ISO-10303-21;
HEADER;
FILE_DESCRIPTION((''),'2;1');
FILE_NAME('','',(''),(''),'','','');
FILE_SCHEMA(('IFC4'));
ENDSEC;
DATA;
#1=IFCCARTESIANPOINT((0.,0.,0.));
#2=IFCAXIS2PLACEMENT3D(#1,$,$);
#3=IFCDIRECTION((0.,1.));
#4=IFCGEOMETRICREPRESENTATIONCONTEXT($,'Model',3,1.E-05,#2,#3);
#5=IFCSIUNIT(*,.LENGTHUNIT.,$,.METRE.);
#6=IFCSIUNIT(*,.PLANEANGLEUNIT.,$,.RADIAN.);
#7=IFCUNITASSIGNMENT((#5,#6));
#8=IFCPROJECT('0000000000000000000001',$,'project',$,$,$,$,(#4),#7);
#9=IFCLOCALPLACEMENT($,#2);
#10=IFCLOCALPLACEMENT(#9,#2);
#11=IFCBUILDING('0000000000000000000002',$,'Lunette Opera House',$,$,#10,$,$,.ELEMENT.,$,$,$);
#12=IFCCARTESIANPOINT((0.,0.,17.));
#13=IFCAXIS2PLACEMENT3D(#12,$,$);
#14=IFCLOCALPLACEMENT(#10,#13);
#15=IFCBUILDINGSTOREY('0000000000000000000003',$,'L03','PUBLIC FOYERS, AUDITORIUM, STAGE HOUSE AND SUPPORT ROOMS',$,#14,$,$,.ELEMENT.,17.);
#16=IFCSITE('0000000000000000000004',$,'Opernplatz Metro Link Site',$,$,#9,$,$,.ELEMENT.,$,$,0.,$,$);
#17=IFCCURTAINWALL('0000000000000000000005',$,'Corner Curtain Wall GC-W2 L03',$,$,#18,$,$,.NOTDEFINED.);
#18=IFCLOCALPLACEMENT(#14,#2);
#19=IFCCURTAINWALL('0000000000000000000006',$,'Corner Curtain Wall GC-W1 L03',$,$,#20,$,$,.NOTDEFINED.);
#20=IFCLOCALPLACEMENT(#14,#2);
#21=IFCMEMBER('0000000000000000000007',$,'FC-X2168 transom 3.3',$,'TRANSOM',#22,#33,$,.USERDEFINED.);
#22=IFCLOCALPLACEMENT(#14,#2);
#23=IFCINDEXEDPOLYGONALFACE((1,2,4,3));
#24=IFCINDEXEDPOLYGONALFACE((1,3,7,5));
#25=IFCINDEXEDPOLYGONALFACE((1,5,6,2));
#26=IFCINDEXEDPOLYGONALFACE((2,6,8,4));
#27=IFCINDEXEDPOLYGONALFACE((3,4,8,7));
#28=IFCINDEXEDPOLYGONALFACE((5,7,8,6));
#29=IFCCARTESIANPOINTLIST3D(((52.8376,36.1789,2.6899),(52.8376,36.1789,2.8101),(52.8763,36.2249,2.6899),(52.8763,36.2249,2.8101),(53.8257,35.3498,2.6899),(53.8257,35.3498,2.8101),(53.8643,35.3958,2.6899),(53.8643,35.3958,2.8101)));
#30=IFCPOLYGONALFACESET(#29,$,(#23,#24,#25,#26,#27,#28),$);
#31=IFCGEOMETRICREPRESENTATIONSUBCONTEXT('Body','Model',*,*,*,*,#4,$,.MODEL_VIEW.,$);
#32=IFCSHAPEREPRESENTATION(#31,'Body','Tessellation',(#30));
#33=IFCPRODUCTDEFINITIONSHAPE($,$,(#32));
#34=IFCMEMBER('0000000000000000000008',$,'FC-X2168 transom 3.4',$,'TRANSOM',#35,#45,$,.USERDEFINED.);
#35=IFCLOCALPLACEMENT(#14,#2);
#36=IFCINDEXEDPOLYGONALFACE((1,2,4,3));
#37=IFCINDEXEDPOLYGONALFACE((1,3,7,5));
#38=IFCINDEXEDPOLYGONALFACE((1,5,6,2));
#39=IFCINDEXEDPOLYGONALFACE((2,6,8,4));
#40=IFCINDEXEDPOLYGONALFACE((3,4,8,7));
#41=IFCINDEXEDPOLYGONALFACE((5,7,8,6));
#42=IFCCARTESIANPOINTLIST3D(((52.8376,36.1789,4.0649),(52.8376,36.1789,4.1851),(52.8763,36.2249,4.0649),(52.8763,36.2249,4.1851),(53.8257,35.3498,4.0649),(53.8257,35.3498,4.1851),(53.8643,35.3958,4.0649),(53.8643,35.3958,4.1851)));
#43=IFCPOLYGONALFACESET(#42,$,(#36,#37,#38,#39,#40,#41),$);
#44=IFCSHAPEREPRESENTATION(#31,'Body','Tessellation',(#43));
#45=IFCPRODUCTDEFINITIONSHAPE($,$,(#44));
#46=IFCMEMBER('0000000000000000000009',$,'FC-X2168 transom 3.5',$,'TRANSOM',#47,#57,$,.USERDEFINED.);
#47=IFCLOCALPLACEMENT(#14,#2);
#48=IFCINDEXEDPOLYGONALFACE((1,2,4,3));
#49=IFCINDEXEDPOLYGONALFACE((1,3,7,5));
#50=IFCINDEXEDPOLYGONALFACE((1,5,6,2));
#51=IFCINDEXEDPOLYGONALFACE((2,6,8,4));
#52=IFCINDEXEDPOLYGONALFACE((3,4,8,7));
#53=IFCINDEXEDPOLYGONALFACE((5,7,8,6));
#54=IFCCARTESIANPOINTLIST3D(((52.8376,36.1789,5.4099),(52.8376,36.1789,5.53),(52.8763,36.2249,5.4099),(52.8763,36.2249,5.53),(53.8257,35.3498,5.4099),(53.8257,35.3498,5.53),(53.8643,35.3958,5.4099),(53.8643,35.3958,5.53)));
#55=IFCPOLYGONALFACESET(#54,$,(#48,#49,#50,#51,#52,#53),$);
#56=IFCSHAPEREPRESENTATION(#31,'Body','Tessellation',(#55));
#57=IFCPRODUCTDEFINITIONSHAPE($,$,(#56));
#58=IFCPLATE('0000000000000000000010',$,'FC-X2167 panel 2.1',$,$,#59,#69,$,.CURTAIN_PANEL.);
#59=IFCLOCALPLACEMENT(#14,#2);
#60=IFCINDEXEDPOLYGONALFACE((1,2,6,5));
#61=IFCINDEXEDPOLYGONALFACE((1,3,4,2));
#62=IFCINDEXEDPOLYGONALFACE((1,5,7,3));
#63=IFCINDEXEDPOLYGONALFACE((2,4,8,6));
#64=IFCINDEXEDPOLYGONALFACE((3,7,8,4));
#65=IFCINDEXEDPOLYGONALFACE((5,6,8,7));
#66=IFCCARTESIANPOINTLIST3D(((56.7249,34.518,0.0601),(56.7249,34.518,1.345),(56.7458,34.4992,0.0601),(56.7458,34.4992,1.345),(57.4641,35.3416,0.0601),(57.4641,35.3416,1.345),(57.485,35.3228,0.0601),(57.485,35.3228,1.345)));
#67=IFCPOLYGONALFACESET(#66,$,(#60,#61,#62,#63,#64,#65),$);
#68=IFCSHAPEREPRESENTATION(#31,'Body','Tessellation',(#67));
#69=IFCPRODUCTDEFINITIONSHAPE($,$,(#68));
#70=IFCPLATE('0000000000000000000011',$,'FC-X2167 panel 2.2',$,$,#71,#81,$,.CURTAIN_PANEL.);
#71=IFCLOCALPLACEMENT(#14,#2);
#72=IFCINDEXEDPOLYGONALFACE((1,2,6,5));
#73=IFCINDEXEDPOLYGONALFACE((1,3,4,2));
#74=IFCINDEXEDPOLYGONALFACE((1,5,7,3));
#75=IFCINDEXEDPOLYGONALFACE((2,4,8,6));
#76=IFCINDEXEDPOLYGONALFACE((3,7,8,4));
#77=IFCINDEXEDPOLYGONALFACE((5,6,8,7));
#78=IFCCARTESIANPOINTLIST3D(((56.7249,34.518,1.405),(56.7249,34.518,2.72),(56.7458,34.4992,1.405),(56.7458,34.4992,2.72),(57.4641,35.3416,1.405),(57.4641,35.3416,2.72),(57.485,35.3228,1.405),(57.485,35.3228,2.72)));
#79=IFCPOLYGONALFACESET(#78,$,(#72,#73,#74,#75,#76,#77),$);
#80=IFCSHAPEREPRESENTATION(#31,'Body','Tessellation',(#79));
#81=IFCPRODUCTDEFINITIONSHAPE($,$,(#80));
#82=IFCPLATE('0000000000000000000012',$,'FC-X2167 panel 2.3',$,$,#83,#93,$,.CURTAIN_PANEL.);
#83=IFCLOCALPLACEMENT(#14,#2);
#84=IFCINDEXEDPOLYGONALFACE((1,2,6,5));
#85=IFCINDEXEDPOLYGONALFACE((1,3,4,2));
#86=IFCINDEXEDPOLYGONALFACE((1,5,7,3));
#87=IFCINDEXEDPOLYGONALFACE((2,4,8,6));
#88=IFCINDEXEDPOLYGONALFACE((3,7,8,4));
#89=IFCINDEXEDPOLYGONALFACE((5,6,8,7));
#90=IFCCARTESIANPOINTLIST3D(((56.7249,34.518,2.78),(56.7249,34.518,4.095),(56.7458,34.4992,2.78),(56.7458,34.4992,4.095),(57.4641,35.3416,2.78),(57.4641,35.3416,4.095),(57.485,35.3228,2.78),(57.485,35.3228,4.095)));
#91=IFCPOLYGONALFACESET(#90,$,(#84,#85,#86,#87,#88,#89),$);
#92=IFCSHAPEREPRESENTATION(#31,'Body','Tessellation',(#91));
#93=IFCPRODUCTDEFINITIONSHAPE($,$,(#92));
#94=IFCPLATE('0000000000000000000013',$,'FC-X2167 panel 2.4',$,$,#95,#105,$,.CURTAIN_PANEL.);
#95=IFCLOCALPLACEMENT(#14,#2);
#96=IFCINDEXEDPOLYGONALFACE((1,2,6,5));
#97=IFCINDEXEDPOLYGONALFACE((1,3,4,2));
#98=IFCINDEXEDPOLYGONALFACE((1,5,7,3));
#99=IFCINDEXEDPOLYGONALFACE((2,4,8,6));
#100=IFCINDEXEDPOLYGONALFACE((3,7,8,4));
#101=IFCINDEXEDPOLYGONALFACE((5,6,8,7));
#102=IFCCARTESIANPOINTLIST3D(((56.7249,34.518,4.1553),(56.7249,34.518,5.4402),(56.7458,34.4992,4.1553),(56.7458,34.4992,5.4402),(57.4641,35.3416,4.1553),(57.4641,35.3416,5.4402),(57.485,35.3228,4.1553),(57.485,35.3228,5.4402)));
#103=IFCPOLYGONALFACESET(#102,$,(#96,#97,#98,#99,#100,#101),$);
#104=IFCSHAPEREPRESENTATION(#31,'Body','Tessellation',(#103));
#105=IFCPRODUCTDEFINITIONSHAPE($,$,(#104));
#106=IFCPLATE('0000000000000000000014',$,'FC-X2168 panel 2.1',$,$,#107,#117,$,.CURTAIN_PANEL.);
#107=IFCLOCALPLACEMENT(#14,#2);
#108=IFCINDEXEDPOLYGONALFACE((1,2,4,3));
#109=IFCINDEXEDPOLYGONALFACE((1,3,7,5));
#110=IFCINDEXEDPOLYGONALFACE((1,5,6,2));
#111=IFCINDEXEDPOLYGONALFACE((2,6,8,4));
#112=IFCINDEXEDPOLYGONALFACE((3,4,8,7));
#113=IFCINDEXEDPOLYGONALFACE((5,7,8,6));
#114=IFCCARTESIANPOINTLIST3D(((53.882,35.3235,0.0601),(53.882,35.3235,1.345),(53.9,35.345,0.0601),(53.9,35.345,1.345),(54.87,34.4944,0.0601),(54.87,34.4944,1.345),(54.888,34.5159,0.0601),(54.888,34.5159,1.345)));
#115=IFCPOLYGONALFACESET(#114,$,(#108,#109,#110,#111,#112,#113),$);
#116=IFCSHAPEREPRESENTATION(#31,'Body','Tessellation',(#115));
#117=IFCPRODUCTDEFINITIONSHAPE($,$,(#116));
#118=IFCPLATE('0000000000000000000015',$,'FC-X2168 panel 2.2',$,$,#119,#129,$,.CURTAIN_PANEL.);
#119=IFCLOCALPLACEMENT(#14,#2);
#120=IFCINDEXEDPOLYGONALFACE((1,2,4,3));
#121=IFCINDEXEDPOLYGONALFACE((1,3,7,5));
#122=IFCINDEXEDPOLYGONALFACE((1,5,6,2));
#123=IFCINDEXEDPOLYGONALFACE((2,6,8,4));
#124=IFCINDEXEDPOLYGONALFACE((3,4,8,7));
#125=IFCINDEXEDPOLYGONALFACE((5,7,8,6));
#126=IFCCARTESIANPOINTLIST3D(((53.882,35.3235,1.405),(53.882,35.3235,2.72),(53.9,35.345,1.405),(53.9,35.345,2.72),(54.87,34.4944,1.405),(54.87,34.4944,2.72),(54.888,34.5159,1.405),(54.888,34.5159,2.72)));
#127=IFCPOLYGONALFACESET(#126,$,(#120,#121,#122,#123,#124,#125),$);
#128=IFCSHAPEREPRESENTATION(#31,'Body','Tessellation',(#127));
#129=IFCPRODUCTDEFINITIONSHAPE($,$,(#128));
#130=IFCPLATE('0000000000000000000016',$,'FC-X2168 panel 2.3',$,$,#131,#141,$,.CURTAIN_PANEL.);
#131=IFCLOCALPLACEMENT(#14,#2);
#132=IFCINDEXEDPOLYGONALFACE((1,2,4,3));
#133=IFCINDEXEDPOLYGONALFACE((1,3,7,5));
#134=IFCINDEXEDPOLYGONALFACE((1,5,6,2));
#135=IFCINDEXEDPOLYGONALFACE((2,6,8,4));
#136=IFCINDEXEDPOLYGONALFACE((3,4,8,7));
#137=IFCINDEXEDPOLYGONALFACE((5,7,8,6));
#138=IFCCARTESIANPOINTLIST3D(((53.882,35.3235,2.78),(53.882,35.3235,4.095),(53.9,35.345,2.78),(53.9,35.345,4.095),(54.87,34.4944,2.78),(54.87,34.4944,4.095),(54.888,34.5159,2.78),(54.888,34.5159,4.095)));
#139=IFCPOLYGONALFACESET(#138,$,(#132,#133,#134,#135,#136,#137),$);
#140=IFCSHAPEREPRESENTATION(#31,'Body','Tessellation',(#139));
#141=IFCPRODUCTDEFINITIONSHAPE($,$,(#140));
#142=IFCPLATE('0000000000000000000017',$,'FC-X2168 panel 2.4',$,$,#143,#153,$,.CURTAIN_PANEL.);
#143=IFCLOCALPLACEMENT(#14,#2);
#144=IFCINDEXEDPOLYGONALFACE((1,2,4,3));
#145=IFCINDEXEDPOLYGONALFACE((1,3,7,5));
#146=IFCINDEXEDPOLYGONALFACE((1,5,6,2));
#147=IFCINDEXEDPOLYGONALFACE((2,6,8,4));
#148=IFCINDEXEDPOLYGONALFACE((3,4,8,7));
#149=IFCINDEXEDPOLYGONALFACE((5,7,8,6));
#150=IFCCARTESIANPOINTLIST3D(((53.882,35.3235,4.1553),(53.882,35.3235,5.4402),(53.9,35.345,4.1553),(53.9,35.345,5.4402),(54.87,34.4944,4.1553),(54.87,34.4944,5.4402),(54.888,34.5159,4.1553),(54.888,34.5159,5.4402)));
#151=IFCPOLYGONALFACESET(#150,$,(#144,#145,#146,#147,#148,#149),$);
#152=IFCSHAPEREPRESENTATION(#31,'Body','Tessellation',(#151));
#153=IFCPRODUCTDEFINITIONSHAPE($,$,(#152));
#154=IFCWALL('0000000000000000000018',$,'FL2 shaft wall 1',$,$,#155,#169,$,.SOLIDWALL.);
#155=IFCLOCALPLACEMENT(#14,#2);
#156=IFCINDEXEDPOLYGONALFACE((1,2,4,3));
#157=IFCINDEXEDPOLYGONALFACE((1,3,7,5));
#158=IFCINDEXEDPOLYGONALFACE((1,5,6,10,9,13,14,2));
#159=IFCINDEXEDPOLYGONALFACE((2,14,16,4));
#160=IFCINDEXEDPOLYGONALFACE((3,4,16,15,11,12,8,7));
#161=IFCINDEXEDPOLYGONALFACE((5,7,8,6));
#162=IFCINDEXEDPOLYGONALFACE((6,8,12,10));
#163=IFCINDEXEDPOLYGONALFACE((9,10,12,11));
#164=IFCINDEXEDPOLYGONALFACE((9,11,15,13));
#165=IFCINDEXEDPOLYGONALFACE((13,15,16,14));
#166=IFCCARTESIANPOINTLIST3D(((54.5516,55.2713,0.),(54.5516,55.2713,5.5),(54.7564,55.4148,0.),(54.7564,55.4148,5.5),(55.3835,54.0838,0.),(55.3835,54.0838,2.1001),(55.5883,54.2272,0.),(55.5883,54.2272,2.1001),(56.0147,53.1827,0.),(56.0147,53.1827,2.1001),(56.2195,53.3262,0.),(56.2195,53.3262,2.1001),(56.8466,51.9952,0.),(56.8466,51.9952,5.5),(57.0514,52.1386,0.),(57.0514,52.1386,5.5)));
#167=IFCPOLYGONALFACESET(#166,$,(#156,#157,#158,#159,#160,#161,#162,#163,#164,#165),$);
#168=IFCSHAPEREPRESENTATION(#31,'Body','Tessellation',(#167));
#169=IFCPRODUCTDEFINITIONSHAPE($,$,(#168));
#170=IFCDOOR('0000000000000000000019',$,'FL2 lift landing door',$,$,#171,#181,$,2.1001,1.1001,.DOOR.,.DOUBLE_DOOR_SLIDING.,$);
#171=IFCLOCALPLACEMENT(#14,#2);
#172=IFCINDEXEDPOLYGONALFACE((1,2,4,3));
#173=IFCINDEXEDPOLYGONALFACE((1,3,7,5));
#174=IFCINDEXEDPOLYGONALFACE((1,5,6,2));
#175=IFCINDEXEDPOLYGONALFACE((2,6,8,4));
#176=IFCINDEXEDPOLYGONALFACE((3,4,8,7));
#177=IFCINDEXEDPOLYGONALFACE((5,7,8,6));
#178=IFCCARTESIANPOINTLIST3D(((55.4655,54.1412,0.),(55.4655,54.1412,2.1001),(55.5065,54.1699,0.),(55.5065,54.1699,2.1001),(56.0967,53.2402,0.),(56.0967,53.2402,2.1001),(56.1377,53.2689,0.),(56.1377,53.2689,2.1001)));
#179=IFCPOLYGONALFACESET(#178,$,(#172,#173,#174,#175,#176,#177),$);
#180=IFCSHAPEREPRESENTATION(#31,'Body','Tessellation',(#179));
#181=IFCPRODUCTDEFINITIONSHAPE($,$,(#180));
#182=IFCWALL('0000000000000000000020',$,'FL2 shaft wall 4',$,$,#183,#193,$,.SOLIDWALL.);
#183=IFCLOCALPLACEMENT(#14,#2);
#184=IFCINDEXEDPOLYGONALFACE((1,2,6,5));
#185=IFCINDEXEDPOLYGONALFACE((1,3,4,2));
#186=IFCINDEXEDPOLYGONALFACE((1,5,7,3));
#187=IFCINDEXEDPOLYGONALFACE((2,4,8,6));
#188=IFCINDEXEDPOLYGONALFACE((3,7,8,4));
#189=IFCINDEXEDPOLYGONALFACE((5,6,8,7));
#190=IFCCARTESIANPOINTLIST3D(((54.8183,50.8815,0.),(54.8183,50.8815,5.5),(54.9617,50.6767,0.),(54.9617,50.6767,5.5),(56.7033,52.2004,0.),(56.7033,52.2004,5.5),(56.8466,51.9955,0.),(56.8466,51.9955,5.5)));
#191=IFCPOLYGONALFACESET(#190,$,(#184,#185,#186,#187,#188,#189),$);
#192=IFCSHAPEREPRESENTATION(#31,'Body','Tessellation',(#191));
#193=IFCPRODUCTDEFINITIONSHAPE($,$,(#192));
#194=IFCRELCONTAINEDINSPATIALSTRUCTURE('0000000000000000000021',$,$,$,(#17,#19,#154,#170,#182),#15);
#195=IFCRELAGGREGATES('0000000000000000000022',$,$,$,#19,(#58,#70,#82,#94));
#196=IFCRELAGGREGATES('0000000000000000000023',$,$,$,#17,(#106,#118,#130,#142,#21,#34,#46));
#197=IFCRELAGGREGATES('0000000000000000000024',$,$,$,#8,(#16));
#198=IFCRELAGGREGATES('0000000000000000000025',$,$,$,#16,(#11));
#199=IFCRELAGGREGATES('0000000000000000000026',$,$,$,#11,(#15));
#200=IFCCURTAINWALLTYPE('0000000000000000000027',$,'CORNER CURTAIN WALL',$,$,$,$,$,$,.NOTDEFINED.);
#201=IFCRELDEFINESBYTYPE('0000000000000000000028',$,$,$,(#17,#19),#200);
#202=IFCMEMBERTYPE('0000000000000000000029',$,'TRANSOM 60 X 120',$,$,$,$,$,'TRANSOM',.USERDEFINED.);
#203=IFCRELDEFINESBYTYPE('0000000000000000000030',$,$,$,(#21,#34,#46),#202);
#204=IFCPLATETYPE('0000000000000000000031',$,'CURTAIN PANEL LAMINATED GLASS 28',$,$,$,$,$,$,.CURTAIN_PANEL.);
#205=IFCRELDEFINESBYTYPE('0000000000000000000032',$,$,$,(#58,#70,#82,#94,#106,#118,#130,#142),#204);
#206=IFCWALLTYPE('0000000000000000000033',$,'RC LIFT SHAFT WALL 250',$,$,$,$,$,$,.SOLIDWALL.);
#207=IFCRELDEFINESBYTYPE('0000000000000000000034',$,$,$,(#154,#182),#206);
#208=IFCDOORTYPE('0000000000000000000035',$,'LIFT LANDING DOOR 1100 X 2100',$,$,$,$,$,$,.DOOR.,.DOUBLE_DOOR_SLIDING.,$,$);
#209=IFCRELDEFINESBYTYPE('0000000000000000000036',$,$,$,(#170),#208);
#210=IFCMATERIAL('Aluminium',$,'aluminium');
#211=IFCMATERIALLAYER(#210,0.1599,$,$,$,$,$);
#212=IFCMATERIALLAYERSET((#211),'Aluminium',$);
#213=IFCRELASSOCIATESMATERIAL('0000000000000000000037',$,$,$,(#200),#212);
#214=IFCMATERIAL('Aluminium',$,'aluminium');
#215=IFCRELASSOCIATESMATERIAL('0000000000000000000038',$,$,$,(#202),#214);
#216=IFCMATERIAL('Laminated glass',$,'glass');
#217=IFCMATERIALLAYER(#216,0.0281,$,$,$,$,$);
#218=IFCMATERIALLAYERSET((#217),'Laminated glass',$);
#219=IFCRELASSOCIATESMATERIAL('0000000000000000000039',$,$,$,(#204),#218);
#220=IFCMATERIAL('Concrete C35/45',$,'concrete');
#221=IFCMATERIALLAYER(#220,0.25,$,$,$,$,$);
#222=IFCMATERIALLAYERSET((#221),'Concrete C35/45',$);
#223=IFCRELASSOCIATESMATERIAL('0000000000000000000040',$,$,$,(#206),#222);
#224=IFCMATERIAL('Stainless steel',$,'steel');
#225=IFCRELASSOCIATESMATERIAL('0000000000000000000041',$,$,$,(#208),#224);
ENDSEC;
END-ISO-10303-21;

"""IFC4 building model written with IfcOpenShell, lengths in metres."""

from ifc_helpers import new_model, si_unit, direction, frame, frame_2d, origin, origin_2d, place, context, subcontext, project, spatial, rectangle, extrude, material, layer, layer_set, material_profile, profile_set, type_object, element, fill, aggregate, save


model = new_model("IFC4")

# Units and contexts
model_context = context("Model", 3, precision=1e-05, world=origin(), true_north=direction((0.0, 1.0)))
body_context = subcontext(model_context, "Body", "Model", "MODEL_VIEW")
ifc_project = project(units=[si_unit("LENGTHUNIT", "METRE"), si_unit("PLANEANGLEUNIT", "RADIAN")], contexts=[model_context])

# Site, building, storey
site_placement = place(None, origin())
site = spatial("IfcSite", under=ifc_project, at=site_placement, Name="Opernplatz Metro Link Site", CompositionType="ELEMENT", RefElevation=0.0)
building_placement = place(site_placement, origin())
building = spatial("IfcBuilding", under=site, at=building_placement, Name="Lunette Opera House", CompositionType="ELEMENT")
storey_placement = place(building_placement, frame((0.0, 0.0, 17.0)))
storey = spatial("IfcBuildingStorey", under=building, at=storey_placement, Name="L03", Description="PUBLIC FOYERS, AUDITORIUM, STAGE HOUSE AND SUPPORT ROOMS", CompositionType="ELEMENT", Elevation=17.0)

# Curtain wall
ifc_material_1 = material(Name="Aluminium", Category="aluminium")
ifc_layer_1 = layer(ifc_material_1, 0.1599)
ifc_layer_set_1 = layer_set([ifc_layer_1], Name="Aluminium")
curtain_wall_type = type_object("IfcCurtainWallType", Name="CORNER CURTAIN WALL", PredefinedType="NOTDEFINED", material=ifc_layer_set_1)
curtain_wall_1_placement = place(storey_placement, origin())
curtain_wall_1 = element("IfcCurtainWall", 1, at=curtain_wall_1_placement, inside=storey, type_object=curtain_wall_type, Name="Corner Curtain Wall GC-W2 L03", PredefinedType="NOTDEFINED")

# Curtain wall
curtain_wall_2_placement = place(storey_placement, origin())
curtain_wall_2 = element("IfcCurtainWall", 2, at=curtain_wall_2_placement, inside=storey, type_object=curtain_wall_type, Name="Corner Curtain Wall GC-W1 L03", PredefinedType="NOTDEFINED")
ifc_material_2 = material(Name="Aluminium", Category="aluminium")
ifc_material_profile_1 = material_profile(ifc_material_2, rectangle(XDim=0.0601, YDim=0.1201, at=origin_2d()), Name="TRANSOM 60 X 120")
ifc_profile_set_1 = profile_set([ifc_material_profile_1], Name="Aluminium")
member_type_1 = type_object("IfcMemberType", Name="TRANSOM 60 X 120", ElementType="TRANSOM", PredefinedType="USERDEFINED", material=ifc_profile_set_1)

# Members
member_1_placement = place(storey_placement, frame((53.845, 35.3728, 2.75), z_axis=(-0.766029, 0.642806, 0.0), x_axis=(-0.642806, -0.766029, 0.0)))
member_1 = element("IfcMember", 3, at=member_1_placement, type_object=member_type_1, Name="FC-X2168 transom 3.3", ObjectType="TRANSOM", PredefinedType="USERDEFINED", context=body_context, shape_type="SweptSolid", body=[
    extrude(rectangle(XDim=0.0601, YDim=0.1201, at=origin_2d()), origin(), (0.0, 0.0, 1.0), 1.2898),
])
member_2_placement = place(storey_placement, frame((53.845, 35.3728, 4.125), z_axis=(-0.766029, 0.642806, 0.0), x_axis=(-0.642806, -0.766029, 0.0)))
member_2 = element("IfcMember", 4, at=member_2_placement, type_object=member_type_1, Name="FC-X2168 transom 3.4", ObjectType="TRANSOM", PredefinedType="USERDEFINED", context=body_context, shape_type="SweptSolid", body=[
    extrude(rectangle(XDim=0.0601, YDim=0.1201, at=origin_2d()), origin(), (0.0, 0.0, 1.0), 1.2898),
])
member_3_placement = place(storey_placement, frame((53.845, 35.3728, 5.47), z_axis=(-0.766029, 0.642806, 0.0), x_axis=(-0.642806, -0.766029, 0.0)))
member_3 = element("IfcMember", 5, at=member_3_placement, type_object=member_type_1, Name="FC-X2168 transom 3.5", ObjectType="TRANSOM", PredefinedType="USERDEFINED", context=body_context, shape_type="SweptSolid", body=[
    extrude(rectangle(XDim=0.0601, YDim=0.1201, at=origin_2d()), origin(), (0.0, 0.0, 1.0), 1.2898),
])

# Plates
ifc_material_3 = material(Name="Laminated glass", Category="glass")
ifc_layer_2 = layer(ifc_material_3, 0.0281)
ifc_layer_set_2 = layer_set([ifc_layer_2], Name="Laminated glass")
plate_type = type_object("IfcPlateType", Name="CURTAIN PANEL LAMINATED GLASS 28", PredefinedType="CURTAIN_PANEL", material=ifc_layer_set_2)
plate_1_placement = place(storey_placement, frame((57.105, 34.9204, 0.0601), z_axis=(0.0, 0.0, 1.0), x_axis=(-0.667938, -0.744217, 0.0)))
plate_1 = element("IfcPlate", 6, at=plate_1_placement, type_object=plate_type, Name="FC-X2167 panel 2.1", PredefinedType="CURTAIN_PANEL", context=body_context, shape_type="SweptSolid", body=[
    extrude(rectangle(XDim=1.1067, YDim=0.0281, at=origin_2d()), origin(), (0.0, 0.0, 1.0), 1.2849),
])
plate_2_placement = place(storey_placement, frame((57.105, 34.9204, 1.405), z_axis=(0.0, 0.0, 1.0), x_axis=(-0.667938, -0.744217, 0.0)))
plate_2 = element("IfcPlate", 7, at=plate_2_placement, type_object=plate_type, Name="FC-X2167 panel 2.2", PredefinedType="CURTAIN_PANEL", context=body_context, shape_type="SweptSolid", body=[
    extrude(rectangle(XDim=1.1067, YDim=0.0281, at=origin_2d()), origin(), (0.0, 0.0, 1.0), 1.3149),
])
plate_3_placement = place(storey_placement, frame((57.105, 34.9204, 2.78), z_axis=(0.0, 0.0, 1.0), x_axis=(-0.667938, -0.744217, 0.0)))
plate_3 = element("IfcPlate", 8, at=plate_3_placement, type_object=plate_type, Name="FC-X2167 panel 2.3", PredefinedType="CURTAIN_PANEL", context=body_context, shape_type="SweptSolid", body=[
    extrude(rectangle(XDim=1.1067, YDim=0.0281, at=origin_2d()), origin(), (0.0, 0.0, 1.0), 1.3149),
])
plate_4_placement = place(storey_placement, frame((57.105, 34.9204, 4.1553), z_axis=(0.0, 0.0, 1.0), x_axis=(-0.667938, -0.744217, 0.0)))
plate_4 = element("IfcPlate", 9, at=plate_4_placement, type_object=plate_type, Name="FC-X2167 panel 2.4", PredefinedType="CURTAIN_PANEL", context=body_context, shape_type="SweptSolid", body=[
    extrude(rectangle(XDim=1.1067, YDim=0.0281, at=origin_2d()), origin(), (0.0, 0.0, 1.0), 1.2849),
])
aggregate(curtain_wall_2, [plate_1, plate_2, plate_3, plate_4])
plate_5_placement = place(storey_placement, frame((54.385, 34.9197, 0.0601), z_axis=(0.0, 0.0, 1.0), x_axis=(-0.766, 0.64284, 0.0)))
plate_5 = element("IfcPlate", 10, at=plate_5_placement, type_object=plate_type, Name="FC-X2168 panel 2.1", PredefinedType="CURTAIN_PANEL", context=body_context, shape_type="SweptSolid", body=[
    extrude(rectangle(XDim=1.2898, YDim=0.0281, at=origin_2d()), origin(), (0.0, 0.0, 1.0), 1.2849),
])
plate_6_placement = place(storey_placement, frame((54.385, 34.9197, 1.405), z_axis=(0.0, 0.0, 1.0), x_axis=(-0.766, 0.64284, 0.0)))
plate_6 = element("IfcPlate", 11, at=plate_6_placement, type_object=plate_type, Name="FC-X2168 panel 2.2", PredefinedType="CURTAIN_PANEL", context=body_context, shape_type="SweptSolid", body=[
    extrude(rectangle(XDim=1.2898, YDim=0.0281, at=origin_2d()), origin(), (0.0, 0.0, 1.0), 1.3149),
])
plate_7_placement = place(storey_placement, frame((54.385, 34.9197, 2.78), z_axis=(0.0, 0.0, 1.0), x_axis=(-0.766, 0.64284, 0.0)))
plate_7 = element("IfcPlate", 12, at=plate_7_placement, type_object=plate_type, Name="FC-X2168 panel 2.3", PredefinedType="CURTAIN_PANEL", context=body_context, shape_type="SweptSolid", body=[
    extrude(rectangle(XDim=1.2898, YDim=0.0281, at=origin_2d()), origin(), (0.0, 0.0, 1.0), 1.3149),
])
plate_8_placement = place(storey_placement, frame((54.385, 34.9197, 4.1553), z_axis=(0.0, 0.0, 1.0), x_axis=(-0.766, 0.64284, 0.0)))
plate_8 = element("IfcPlate", 13, at=plate_8_placement, type_object=plate_type, Name="FC-X2168 panel 2.4", PredefinedType="CURTAIN_PANEL", context=body_context, shape_type="SweptSolid", body=[
    extrude(rectangle(XDim=1.2898, YDim=0.0281, at=origin_2d()), origin(), (0.0, 0.0, 1.0), 1.2849),
])
aggregate(curtain_wall_1, [plate_5, plate_6, plate_7, plate_8, member_1, member_2, member_3])

# Wall, opening, door
ifc_material_4 = material(Name="Concrete C35/45", Category="concrete")
ifc_layer_3 = layer(ifc_material_4, 0.25)
ifc_layer_set_3 = layer_set([ifc_layer_3], Name="Concrete C35/45")
wall_type_1 = type_object("IfcWallType", Name="RC LIFT SHAFT WALL 250", PredefinedType="SOLIDWALL", material=ifc_layer_set_3)
wall_1_placement = place(storey_placement, frame((56.949, 52.0669, 0.0), z_axis=(0.0, 0.0, 1.0), x_axis=(-0.573737, 0.81904, 0.0)))
wall_1 = element("IfcWall", 14, at=wall_1_placement, inside=storey, type_object=wall_type_1, Name="FL2 shaft wall 1", PredefinedType="SOLIDWALL", context=body_context, shape_type="SweptSolid", body=[
    extrude(rectangle(XDim=4.0, YDim=0.25, at=frame_2d((2.0, 0.0))), origin(), (0.0, 0.0, 1.0), 5.5),
])
opening_1_placement = place(wall_1_placement, frame((1.45, 0.0, 0.0)))
opening_1 = element("IfcOpeningElement", 15, at=opening_1_placement, cuts=wall_1, PredefinedType="OPENING", context=body_context, shape_type="SweptSolid", body=[
    extrude(rectangle(XDim=1.1001, YDim=2.1001, at=frame_2d((0.55, 1.05))), frame((0.0, 0.137, 0.0), z_axis=(0.0, -1.0, 0.0), x_axis=(1.0, 0.0, 0.0)), (0.0, 0.0, 1.0), 0.2739),
])
ifc_material_5 = material(Name="Stainless steel", Category="steel")
door_type_1 = type_object("IfcDoorType", Name="LIFT LANDING DOOR 1100 X 2100", OperationType="DOUBLE_DOOR_SLIDING", PredefinedType="DOOR", material=ifc_material_5)
door_1_placement = place(opening_1_placement, origin())
door_1 = element("IfcDoor", 16, at=door_1_placement, inside=storey, type_object=door_type_1, Name="FL2 lift landing door", OperationType="DOUBLE_DOOR_SLIDING", OverallHeight=2.1001, OverallWidth=1.1001, PredefinedType="DOOR", context=body_context, shape_type="SweptSolid", body=[
    extrude(rectangle(XDim=1.1001, YDim=2.1001, at=frame_2d((0.55, 1.05))), frame((0.0, 0.0249, 0.0), z_axis=(0.0, -1.0, 0.0), x_axis=(1.0, 0.0, 0.0)), (0.0, 0.0, 1.0), 0.05),
])
fill(opening_1, door_1)

# Wall
wall_2_placement = place(storey_placement, frame((54.8899, 50.7791, 0.0), z_axis=(0.0, 0.0, 1.0), x_axis=(0.819367, 0.57327, 0.0)))
element("IfcWall", 17, at=wall_2_placement, inside=storey, type_object=wall_type_1, Name="FL2 shaft wall 4", PredefinedType="SOLIDWALL", context=body_context, shape_type="SweptSolid", body=[
    extrude(rectangle(XDim=2.3005, YDim=0.25, at=frame_2d((1.1504, 0.0))), origin(), (0.0, 0.0, 1.0), 5.5),
])

save(model, "model.ifc")
